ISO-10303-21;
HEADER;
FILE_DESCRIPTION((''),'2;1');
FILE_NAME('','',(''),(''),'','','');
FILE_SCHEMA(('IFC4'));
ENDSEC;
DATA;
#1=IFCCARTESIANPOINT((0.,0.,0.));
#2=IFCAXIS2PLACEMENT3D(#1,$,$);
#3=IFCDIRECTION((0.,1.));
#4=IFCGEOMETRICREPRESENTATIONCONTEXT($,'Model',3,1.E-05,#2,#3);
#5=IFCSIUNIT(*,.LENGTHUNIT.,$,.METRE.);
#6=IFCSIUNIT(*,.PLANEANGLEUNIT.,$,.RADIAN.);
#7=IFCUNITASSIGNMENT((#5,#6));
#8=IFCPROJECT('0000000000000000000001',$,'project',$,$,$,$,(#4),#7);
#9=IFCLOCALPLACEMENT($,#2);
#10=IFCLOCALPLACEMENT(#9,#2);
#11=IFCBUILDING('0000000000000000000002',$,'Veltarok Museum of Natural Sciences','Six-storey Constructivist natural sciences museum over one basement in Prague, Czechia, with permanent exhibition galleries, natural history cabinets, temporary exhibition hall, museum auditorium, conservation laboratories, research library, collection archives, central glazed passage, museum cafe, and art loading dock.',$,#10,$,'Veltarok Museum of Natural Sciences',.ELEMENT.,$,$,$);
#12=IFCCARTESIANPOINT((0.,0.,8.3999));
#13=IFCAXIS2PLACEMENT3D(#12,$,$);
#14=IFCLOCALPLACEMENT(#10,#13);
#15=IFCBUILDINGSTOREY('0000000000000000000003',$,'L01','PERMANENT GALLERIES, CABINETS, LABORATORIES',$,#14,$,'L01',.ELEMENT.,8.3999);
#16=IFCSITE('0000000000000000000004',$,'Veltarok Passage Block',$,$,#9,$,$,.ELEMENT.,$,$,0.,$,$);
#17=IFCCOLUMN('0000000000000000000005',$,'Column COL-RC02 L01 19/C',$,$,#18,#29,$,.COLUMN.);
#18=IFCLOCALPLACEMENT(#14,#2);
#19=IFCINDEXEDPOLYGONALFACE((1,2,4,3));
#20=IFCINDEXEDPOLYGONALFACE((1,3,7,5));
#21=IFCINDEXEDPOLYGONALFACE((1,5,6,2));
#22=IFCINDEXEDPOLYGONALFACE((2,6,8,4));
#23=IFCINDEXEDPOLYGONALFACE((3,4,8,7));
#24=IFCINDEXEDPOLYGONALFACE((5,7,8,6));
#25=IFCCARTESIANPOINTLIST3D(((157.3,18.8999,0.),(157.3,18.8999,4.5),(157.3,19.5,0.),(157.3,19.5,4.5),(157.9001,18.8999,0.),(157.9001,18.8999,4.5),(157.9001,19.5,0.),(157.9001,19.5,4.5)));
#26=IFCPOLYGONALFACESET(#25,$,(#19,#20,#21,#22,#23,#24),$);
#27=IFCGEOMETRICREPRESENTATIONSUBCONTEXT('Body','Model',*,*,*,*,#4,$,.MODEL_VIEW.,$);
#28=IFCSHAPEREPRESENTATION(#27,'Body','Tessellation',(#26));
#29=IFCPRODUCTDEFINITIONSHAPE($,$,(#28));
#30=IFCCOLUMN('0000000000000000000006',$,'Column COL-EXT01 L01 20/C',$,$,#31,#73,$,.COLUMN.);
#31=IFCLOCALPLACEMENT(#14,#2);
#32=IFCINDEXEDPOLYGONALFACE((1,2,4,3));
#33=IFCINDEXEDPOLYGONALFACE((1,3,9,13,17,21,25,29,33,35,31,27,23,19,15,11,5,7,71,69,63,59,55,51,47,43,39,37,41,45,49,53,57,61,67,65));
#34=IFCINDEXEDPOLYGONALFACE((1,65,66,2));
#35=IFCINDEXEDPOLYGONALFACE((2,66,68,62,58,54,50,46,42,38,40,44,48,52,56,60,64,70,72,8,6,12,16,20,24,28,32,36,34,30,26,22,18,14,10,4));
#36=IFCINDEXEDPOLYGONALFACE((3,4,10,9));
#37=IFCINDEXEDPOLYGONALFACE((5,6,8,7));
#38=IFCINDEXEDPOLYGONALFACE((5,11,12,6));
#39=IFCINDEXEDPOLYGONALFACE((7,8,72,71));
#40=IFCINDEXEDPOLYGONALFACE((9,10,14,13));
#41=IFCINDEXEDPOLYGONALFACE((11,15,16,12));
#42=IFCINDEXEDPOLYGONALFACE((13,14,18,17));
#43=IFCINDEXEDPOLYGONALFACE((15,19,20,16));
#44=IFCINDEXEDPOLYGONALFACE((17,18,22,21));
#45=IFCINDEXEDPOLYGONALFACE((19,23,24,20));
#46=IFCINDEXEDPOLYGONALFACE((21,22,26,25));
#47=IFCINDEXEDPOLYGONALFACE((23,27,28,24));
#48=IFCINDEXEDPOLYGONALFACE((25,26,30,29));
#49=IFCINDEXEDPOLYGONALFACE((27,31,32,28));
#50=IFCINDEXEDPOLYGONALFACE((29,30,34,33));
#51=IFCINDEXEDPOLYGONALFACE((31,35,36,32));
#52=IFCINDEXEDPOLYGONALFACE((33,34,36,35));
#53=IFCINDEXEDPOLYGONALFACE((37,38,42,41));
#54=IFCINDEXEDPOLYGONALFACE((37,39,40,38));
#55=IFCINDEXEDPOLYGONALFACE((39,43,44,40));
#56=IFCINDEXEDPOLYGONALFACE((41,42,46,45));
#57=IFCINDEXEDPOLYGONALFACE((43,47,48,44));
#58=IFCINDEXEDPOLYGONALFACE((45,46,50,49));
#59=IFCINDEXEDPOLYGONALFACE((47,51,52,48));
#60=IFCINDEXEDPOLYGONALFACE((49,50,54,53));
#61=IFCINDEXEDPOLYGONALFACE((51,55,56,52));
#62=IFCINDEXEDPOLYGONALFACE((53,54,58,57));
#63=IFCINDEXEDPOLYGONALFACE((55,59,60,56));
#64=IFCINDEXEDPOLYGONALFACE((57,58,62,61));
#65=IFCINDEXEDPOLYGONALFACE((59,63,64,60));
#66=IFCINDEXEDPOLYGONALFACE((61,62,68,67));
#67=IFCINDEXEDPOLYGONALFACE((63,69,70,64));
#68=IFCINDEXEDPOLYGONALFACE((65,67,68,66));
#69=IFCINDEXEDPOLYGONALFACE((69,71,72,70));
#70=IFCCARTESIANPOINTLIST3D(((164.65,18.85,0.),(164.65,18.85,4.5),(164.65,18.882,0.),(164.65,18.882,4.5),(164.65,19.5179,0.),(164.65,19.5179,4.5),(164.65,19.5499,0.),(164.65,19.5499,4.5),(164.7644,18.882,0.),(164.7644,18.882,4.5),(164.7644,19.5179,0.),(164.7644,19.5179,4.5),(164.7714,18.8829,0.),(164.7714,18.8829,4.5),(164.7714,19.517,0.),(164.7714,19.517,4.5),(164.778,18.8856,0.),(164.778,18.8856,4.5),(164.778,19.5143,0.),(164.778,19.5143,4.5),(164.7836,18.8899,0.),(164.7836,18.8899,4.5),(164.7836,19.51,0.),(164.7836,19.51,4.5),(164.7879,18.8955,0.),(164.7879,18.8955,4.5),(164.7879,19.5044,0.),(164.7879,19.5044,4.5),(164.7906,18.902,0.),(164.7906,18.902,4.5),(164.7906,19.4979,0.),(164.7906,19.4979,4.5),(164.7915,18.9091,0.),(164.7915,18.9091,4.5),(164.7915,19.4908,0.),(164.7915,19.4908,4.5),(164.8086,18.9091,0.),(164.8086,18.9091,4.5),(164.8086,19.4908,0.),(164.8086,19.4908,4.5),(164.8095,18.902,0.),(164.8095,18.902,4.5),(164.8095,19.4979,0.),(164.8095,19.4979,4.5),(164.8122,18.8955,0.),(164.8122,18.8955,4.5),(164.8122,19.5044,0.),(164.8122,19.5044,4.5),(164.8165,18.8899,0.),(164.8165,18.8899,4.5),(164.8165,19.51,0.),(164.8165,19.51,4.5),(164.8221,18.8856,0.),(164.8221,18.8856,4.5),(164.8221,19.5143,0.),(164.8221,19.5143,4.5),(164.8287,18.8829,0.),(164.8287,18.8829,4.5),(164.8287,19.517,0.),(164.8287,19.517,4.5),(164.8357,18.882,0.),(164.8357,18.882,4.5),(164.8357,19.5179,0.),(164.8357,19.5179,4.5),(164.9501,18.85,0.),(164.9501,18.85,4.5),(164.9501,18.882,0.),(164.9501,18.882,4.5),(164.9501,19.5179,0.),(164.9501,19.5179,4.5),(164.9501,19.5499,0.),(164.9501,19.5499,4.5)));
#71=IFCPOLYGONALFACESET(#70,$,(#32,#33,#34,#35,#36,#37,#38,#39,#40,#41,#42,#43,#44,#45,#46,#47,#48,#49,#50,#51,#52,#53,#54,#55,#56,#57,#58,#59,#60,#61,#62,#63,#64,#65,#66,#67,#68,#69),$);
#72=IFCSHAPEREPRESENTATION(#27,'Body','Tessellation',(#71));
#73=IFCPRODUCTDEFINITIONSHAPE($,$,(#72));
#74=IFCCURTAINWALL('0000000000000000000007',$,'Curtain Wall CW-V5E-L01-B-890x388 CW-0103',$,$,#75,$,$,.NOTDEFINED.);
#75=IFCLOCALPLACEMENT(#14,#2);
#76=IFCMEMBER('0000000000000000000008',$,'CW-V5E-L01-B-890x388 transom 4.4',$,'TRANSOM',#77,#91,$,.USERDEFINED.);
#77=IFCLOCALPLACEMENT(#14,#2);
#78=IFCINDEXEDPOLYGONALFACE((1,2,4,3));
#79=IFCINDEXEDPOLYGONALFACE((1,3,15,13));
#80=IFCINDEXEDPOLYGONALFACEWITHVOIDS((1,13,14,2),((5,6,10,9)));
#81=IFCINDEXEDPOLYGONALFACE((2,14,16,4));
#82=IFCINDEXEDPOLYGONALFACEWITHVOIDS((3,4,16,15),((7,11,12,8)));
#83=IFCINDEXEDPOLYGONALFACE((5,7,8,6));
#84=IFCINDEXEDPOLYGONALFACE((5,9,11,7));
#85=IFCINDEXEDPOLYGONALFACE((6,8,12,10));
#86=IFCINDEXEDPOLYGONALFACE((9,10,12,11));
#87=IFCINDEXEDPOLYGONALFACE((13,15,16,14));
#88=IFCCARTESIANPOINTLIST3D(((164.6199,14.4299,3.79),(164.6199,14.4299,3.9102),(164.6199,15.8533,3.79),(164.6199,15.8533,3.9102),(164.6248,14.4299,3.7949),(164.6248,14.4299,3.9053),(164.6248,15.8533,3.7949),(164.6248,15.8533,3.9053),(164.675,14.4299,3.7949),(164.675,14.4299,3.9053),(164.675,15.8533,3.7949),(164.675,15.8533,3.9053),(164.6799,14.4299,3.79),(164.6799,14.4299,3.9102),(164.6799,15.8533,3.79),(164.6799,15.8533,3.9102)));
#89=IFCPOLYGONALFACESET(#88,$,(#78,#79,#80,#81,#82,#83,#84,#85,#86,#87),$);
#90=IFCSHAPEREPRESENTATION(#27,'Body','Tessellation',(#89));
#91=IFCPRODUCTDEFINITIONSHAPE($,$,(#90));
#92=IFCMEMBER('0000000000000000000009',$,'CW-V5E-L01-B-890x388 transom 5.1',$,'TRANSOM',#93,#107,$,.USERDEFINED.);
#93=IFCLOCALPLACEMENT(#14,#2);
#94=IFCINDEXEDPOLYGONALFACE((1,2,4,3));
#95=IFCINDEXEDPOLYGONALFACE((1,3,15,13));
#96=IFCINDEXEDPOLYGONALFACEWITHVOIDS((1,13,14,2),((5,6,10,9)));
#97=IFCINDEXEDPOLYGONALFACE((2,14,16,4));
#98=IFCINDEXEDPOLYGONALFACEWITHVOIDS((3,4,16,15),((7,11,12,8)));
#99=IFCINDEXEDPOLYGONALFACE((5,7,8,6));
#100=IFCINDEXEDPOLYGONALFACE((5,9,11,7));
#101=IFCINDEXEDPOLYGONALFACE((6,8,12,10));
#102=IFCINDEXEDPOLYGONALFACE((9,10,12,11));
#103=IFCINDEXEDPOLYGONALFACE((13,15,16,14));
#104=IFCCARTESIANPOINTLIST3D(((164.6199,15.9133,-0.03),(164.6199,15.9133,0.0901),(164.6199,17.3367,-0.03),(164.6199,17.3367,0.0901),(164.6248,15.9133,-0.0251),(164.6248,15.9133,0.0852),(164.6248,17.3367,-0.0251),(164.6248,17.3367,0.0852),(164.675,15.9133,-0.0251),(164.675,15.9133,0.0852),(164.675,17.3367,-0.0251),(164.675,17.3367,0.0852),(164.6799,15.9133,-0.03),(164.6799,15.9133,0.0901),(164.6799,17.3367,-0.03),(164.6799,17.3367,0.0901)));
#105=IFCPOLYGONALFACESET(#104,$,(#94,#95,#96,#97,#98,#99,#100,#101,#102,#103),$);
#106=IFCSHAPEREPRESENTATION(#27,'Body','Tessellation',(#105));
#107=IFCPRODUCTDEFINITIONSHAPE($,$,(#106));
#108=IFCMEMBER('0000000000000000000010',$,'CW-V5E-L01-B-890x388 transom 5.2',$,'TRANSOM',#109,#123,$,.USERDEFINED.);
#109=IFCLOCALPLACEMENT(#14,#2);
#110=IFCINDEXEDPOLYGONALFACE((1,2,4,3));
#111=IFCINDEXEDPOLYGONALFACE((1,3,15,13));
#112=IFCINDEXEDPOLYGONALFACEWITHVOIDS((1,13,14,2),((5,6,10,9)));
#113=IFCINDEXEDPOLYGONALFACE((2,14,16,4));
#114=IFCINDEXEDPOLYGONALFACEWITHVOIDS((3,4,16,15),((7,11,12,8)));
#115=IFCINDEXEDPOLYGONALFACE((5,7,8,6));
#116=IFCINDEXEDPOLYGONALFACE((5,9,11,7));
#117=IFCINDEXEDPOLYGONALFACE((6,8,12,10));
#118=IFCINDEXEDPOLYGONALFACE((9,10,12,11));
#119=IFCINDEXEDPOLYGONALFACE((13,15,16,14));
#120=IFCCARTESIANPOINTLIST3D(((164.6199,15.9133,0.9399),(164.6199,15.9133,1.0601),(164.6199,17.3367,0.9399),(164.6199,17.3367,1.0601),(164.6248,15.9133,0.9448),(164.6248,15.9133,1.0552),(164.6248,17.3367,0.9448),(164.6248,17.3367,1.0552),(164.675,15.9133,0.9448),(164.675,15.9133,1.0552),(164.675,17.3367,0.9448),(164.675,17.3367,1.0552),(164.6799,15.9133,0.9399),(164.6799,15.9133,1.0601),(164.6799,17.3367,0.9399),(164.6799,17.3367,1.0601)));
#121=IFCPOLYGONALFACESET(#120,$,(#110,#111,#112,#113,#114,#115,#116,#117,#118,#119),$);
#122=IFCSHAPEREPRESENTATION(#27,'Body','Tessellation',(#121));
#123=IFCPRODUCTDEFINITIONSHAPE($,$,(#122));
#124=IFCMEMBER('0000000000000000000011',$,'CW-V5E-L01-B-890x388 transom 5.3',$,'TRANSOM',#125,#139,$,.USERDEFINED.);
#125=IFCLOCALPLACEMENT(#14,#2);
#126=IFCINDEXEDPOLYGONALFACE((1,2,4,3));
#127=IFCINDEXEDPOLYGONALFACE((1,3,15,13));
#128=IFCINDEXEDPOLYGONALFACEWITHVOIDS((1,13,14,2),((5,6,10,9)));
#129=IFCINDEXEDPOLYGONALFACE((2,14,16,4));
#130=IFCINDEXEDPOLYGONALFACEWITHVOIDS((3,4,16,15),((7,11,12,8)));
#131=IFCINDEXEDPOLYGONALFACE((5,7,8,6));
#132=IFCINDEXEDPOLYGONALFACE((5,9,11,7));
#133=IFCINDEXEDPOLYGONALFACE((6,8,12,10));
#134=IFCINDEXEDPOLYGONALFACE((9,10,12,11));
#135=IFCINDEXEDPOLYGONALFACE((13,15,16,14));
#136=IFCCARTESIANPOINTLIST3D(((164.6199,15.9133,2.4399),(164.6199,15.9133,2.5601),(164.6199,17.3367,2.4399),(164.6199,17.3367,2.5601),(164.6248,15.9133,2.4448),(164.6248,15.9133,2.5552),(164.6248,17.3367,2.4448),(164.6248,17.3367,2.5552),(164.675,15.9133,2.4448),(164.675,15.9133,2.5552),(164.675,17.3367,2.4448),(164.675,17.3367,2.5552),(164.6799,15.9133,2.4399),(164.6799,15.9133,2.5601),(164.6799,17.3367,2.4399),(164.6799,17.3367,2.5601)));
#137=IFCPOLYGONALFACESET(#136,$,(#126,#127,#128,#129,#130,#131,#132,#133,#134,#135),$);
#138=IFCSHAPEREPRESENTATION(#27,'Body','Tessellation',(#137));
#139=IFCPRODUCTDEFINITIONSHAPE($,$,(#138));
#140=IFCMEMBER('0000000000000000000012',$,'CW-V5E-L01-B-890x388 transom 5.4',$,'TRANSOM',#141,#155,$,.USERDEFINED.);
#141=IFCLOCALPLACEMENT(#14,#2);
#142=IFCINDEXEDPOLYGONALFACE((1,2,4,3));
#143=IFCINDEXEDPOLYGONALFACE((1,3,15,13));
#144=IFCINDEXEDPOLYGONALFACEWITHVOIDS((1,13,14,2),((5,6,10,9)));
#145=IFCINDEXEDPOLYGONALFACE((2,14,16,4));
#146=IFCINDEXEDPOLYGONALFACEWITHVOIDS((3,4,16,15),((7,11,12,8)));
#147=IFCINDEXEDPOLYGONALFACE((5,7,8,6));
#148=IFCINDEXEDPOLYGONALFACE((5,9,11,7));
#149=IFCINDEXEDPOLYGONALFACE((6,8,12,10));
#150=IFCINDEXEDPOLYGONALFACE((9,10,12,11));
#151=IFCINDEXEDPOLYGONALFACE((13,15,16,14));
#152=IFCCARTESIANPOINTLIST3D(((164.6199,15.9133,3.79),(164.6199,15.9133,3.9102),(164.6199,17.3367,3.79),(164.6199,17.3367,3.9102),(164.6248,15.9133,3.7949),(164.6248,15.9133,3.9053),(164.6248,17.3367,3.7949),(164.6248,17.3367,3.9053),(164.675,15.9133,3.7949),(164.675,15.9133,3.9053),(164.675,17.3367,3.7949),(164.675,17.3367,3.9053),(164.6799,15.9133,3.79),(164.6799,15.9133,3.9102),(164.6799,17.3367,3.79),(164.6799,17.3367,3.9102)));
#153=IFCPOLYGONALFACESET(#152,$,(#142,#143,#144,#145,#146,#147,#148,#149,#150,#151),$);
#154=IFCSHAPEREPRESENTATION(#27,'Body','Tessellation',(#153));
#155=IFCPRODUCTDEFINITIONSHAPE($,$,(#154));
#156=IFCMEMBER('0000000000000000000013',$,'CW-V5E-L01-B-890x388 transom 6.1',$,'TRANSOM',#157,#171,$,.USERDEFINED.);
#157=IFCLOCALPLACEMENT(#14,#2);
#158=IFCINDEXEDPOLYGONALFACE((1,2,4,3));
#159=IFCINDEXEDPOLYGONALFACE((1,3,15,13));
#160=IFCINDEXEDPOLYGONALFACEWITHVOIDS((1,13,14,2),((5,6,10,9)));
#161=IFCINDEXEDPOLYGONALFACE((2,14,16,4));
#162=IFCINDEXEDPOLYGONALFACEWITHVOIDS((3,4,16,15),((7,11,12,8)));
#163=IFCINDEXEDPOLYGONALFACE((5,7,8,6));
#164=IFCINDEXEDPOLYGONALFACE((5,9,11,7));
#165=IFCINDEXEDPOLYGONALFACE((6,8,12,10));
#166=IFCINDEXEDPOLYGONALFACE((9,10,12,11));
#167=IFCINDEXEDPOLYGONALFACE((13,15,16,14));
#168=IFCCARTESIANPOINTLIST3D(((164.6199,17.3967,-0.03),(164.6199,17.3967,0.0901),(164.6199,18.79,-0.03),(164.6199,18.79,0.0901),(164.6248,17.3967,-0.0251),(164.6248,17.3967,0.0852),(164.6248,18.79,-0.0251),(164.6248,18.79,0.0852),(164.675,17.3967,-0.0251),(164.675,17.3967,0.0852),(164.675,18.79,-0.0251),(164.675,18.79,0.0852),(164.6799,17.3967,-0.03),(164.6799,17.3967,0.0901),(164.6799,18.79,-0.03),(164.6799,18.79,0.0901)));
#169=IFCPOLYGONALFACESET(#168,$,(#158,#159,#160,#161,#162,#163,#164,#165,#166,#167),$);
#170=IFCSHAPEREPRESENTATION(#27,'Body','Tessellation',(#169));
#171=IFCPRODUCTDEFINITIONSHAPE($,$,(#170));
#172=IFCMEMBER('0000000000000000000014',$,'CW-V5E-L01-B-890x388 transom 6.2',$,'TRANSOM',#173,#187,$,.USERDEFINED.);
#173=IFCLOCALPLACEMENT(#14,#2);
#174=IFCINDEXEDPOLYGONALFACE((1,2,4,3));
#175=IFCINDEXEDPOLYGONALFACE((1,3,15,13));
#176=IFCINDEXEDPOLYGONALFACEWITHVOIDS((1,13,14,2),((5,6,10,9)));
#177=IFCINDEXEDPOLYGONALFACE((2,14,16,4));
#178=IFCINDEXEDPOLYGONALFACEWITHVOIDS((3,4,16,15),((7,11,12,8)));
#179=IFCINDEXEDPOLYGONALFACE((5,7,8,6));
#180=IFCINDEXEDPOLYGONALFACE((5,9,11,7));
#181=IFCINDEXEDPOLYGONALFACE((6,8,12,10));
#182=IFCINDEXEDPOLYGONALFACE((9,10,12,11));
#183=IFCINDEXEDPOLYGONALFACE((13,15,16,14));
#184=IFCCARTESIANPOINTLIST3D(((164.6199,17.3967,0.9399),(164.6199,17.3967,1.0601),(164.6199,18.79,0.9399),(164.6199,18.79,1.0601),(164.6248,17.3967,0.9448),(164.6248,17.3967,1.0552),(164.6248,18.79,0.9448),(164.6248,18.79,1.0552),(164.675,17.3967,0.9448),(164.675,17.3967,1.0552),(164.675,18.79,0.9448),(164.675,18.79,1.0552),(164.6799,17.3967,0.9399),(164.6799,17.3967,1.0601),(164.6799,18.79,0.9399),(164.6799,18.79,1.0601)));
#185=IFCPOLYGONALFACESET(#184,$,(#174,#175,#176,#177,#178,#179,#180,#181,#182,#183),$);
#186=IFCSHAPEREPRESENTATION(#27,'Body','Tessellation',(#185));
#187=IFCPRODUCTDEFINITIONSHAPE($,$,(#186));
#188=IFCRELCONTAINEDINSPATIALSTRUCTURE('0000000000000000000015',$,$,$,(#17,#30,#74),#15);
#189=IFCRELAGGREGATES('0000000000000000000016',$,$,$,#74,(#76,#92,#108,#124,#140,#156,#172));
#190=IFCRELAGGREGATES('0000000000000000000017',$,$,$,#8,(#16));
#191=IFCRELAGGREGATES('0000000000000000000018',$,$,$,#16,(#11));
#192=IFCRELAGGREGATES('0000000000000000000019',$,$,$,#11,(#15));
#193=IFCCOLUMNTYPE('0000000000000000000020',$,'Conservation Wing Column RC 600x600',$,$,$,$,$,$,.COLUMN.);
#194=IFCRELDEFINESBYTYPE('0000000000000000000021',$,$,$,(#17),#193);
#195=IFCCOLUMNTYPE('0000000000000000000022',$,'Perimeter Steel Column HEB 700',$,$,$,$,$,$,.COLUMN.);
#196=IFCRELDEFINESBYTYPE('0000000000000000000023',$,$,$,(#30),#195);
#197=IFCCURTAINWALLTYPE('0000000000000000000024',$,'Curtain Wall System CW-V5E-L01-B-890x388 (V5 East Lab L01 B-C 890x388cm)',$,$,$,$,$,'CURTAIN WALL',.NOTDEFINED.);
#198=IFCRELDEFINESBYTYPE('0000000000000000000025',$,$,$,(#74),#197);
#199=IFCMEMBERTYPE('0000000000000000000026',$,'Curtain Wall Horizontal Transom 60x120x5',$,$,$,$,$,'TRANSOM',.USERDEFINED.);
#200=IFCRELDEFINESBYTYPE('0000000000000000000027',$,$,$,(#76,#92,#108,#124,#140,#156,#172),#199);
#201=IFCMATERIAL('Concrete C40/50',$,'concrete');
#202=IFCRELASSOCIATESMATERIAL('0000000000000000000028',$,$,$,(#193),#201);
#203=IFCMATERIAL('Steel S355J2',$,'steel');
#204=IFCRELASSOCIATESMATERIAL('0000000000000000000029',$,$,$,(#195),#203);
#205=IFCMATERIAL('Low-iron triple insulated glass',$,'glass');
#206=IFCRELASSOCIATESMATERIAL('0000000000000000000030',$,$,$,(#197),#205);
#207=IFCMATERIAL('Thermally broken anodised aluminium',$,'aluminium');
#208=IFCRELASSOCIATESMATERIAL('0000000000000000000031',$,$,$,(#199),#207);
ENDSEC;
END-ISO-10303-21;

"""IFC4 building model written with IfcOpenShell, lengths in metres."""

from ifc_helpers import new_model, si_unit, direction, frame, origin, origin_2d, place, context, subcontext, project, spatial, rectangle, hollow_rectangle, i_section, extrude, material, material_profile, profile_set, type_object, element, aggregate, save


model = new_model("IFC4")

# Units and contexts
model_context = context("Model", 3, precision=1e-05, world=origin(), true_north=direction((0.0, 1.0)))
body_context = subcontext(model_context, "Body", "Model", "MODEL_VIEW")
ifc_project = project(units=[si_unit("LENGTHUNIT", "METRE"), si_unit("PLANEANGLEUNIT", "RADIAN")], contexts=[model_context])

# Site, building, storey
site_placement = place(None, origin())
site = spatial("IfcSite", under=ifc_project, at=site_placement, Name="Veltarok Passage Block", CompositionType="ELEMENT", RefElevation=0.0)
building_placement = place(site_placement, origin())
building = spatial("IfcBuilding", under=site, at=building_placement, Name="Veltarok Museum of Natural Sciences", Description="Six-storey Constructivist natural sciences museum over one basement in Prague, Czechia, with permanent exhibition galleries, natural history cabinets, temporary exhibition hall, museum auditorium, conservation laboratories, research library, collection archives, central glazed passage, museum cafe, and art loading dock.", LongName="Veltarok Museum of Natural Sciences", CompositionType="ELEMENT")
storey_placement = place(building_placement, frame((0.0, 0.0, 8.3999)))
storey = spatial("IfcBuildingStorey", under=building, at=storey_placement, Name="L01", Description="PERMANENT GALLERIES, CABINETS, LABORATORIES", LongName="L01", CompositionType="ELEMENT", Elevation=8.3999)

# Columns
ifc_material_1 = material(Name="Concrete C40/50", Category="concrete")
ifc_material_profile_1 = material_profile(ifc_material_1, rectangle(XDim=0.6001, YDim=0.6001, at=origin_2d()), Name="RC 600x600")
ifc_profile_set_1 = profile_set([ifc_material_profile_1], Name="Concrete C40/50")
column_type_1 = type_object("IfcColumnType", Name="Conservation Wing Column RC 600x600", PredefinedType="COLUMN", material=ifc_profile_set_1)
column_1_placement = place(storey_placement, frame((157.6001, 19.2, 0.0), z_axis=(0.0, 0.0, 1.0), x_axis=(1.0, 0.0, 0.0)))
element("IfcColumn", 1, at=column_1_placement, inside=storey, type_object=column_type_1, Name="Column COL-RC02 L01 19/C", PredefinedType="COLUMN", context=body_context, shape_type="SweptSolid", body=[
    extrude(rectangle(XDim=0.6001, YDim=0.6001, at=origin_2d()), origin(), (0.0, 0.0, 1.0), 4.5),
])
ifc_material_2 = material(Name="Steel S355J2", Category="steel")
ifc_material_profile_2 = material_profile(ifc_material_2, i_section(OverallWidth=0.3, OverallDepth=0.7, WebThickness=0.0171, FlangeThickness=0.032, FilletRadius=0.0271, at=origin_2d()), Name="HEB 700")
ifc_profile_set_2 = profile_set([ifc_material_profile_2], Name="Steel S355J2")
column_type_2 = type_object("IfcColumnType", Name="Perimeter Steel Column HEB 700", PredefinedType="COLUMN", material=ifc_profile_set_2)
column_2_placement = place(storey_placement, frame((164.8, 19.2, 0.0), z_axis=(0.0, 0.0, 1.0), x_axis=(1.0, 0.0, 0.0)))
element("IfcColumn", 2, at=column_2_placement, inside=storey, type_object=column_type_2, Name="Column COL-EXT01 L01 20/C", PredefinedType="COLUMN", context=body_context, shape_type="SweptSolid", body=[
    extrude(i_section(OverallWidth=0.3, OverallDepth=0.7, WebThickness=0.0171, FlangeThickness=0.032, FilletRadius=0.0271, at=origin_2d()), origin(), (0.0, 0.0, 1.0), 4.5),
])

# Curtain wall, members
ifc_material_3 = material(Name="Low-iron triple insulated glass", Category="glass")
curtain_wall_type_1 = type_object("IfcCurtainWallType", Name="Curtain Wall System CW-V5E-L01-B-890x388 (V5 East Lab L01 B-C 890x388cm)", ElementType="CURTAIN WALL", PredefinedType="NOTDEFINED", material=ifc_material_3)
curtain_wall_1_placement = place(storey_placement, origin())
curtain_wall_1 = element("IfcCurtainWall", 3, at=curtain_wall_1_placement, inside=storey, type_object=curtain_wall_type_1, Name="Curtain Wall CW-V5E-L01-B-890x388 CW-0103", PredefinedType="NOTDEFINED")
ifc_material_4 = material(Name="Thermally broken anodised aluminium", Category="aluminium")
ifc_material_profile_3 = material_profile(ifc_material_4, hollow_rectangle(XDim=0.0601, YDim=0.1201, WallThickness=0.0049, at=origin_2d()), Name="CW TRANSOM 60x120x5")
ifc_profile_set_3 = profile_set([ifc_material_profile_3], Name="Thermally broken anodised aluminium")
member_type_1 = type_object("IfcMemberType", Name="Curtain Wall Horizontal Transom 60x120x5", ElementType="TRANSOM", PredefinedType="USERDEFINED", material=ifc_profile_set_3)
member_1_placement = place(storey_placement, frame((164.6499, 14.4299, 3.8501), z_axis=(0.0, 1.0, 0.0), x_axis=(-1.0, 0.0, 0.0)))
member_1 = element("IfcMember", 4, at=member_1_placement, type_object=member_type_1, Name="CW-V5E-L01-B-890x388 transom 4.4", ObjectType="TRANSOM", PredefinedType="USERDEFINED", context=body_context, shape_type="SweptSolid", body=[
    extrude(hollow_rectangle(XDim=0.0601, YDim=0.1201, WallThickness=0.0049, at=origin_2d()), origin(), (0.0, 0.0, 1.0), 1.4233),
])
member_2_placement = place(storey_placement, frame((164.6499, 15.9133, 0.03), z_axis=(0.0, 1.0, 0.0), x_axis=(-1.0, 0.0, 0.0)))
member_2 = element("IfcMember", 5, at=member_2_placement, type_object=member_type_1, Name="CW-V5E-L01-B-890x388 transom 5.1", ObjectType="TRANSOM", PredefinedType="USERDEFINED", context=body_context, shape_type="SweptSolid", body=[
    extrude(hollow_rectangle(XDim=0.0601, YDim=0.1201, WallThickness=0.0049, at=origin_2d()), origin(), (0.0, 0.0, 1.0), 1.4233),
])
member_3_placement = place(storey_placement, frame((164.6499, 15.9133, 1.0), z_axis=(0.0, 1.0, 0.0), x_axis=(-1.0, 0.0, 0.0)))
member_3 = element("IfcMember", 6, at=member_3_placement, type_object=member_type_1, Name="CW-V5E-L01-B-890x388 transom 5.2", ObjectType="TRANSOM", PredefinedType="USERDEFINED", context=body_context, shape_type="SweptSolid", body=[
    extrude(hollow_rectangle(XDim=0.0601, YDim=0.1201, WallThickness=0.0049, at=origin_2d()), origin(), (0.0, 0.0, 1.0), 1.4233),
])
member_4_placement = place(storey_placement, frame((164.6499, 15.9133, 2.5), z_axis=(0.0, 1.0, 0.0), x_axis=(-1.0, 0.0, 0.0)))
member_4 = element("IfcMember", 7, at=member_4_placement, type_object=member_type_1, Name="CW-V5E-L01-B-890x388 transom 5.3", ObjectType="TRANSOM", PredefinedType="USERDEFINED", context=body_context, shape_type="SweptSolid", body=[
    extrude(hollow_rectangle(XDim=0.0601, YDim=0.1201, WallThickness=0.0049, at=origin_2d()), origin(), (0.0, 0.0, 1.0), 1.4233),
])
member_5_placement = place(storey_placement, frame((164.6499, 15.9133, 3.8501), z_axis=(0.0, 1.0, 0.0), x_axis=(-1.0, 0.0, 0.0)))
member_5 = element("IfcMember", 8, at=member_5_placement, type_object=member_type_1, Name="CW-V5E-L01-B-890x388 transom 5.4", ObjectType="TRANSOM", PredefinedType="USERDEFINED", context=body_context, shape_type="SweptSolid", body=[
    extrude(hollow_rectangle(XDim=0.0601, YDim=0.1201, WallThickness=0.0049, at=origin_2d()), origin(), (0.0, 0.0, 1.0), 1.4233),
])
member_6_placement = place(storey_placement, frame((164.6499, 17.3967, 0.03), z_axis=(0.0, 1.0, 0.0), x_axis=(-1.0, 0.0, 0.0)))
member_6 = element("IfcMember", 9, at=member_6_placement, type_object=member_type_1, Name="CW-V5E-L01-B-890x388 transom 6.1", ObjectType="TRANSOM", PredefinedType="USERDEFINED", context=body_context, shape_type="SweptSolid", body=[
    extrude(hollow_rectangle(XDim=0.0601, YDim=0.1201, WallThickness=0.0049, at=origin_2d()), origin(), (0.0, 0.0, 1.0), 1.3933),
])
member_7_placement = place(storey_placement, frame((164.6499, 17.3967, 1.0), z_axis=(0.0, 1.0, 0.0), x_axis=(-1.0, 0.0, 0.0)))
member_7 = element("IfcMember", 10, at=member_7_placement, type_object=member_type_1, Name="CW-V5E-L01-B-890x388 transom 6.2", ObjectType="TRANSOM", PredefinedType="USERDEFINED", context=body_context, shape_type="SweptSolid", body=[
    extrude(hollow_rectangle(XDim=0.0601, YDim=0.1201, WallThickness=0.0049, at=origin_2d()), origin(), (0.0, 0.0, 1.0), 1.3933),
])

aggregate(curtain_wall_1, [member_1, member_2, member_3, member_4, member_5, member_6, member_7])

save(model, "model.ifc")
